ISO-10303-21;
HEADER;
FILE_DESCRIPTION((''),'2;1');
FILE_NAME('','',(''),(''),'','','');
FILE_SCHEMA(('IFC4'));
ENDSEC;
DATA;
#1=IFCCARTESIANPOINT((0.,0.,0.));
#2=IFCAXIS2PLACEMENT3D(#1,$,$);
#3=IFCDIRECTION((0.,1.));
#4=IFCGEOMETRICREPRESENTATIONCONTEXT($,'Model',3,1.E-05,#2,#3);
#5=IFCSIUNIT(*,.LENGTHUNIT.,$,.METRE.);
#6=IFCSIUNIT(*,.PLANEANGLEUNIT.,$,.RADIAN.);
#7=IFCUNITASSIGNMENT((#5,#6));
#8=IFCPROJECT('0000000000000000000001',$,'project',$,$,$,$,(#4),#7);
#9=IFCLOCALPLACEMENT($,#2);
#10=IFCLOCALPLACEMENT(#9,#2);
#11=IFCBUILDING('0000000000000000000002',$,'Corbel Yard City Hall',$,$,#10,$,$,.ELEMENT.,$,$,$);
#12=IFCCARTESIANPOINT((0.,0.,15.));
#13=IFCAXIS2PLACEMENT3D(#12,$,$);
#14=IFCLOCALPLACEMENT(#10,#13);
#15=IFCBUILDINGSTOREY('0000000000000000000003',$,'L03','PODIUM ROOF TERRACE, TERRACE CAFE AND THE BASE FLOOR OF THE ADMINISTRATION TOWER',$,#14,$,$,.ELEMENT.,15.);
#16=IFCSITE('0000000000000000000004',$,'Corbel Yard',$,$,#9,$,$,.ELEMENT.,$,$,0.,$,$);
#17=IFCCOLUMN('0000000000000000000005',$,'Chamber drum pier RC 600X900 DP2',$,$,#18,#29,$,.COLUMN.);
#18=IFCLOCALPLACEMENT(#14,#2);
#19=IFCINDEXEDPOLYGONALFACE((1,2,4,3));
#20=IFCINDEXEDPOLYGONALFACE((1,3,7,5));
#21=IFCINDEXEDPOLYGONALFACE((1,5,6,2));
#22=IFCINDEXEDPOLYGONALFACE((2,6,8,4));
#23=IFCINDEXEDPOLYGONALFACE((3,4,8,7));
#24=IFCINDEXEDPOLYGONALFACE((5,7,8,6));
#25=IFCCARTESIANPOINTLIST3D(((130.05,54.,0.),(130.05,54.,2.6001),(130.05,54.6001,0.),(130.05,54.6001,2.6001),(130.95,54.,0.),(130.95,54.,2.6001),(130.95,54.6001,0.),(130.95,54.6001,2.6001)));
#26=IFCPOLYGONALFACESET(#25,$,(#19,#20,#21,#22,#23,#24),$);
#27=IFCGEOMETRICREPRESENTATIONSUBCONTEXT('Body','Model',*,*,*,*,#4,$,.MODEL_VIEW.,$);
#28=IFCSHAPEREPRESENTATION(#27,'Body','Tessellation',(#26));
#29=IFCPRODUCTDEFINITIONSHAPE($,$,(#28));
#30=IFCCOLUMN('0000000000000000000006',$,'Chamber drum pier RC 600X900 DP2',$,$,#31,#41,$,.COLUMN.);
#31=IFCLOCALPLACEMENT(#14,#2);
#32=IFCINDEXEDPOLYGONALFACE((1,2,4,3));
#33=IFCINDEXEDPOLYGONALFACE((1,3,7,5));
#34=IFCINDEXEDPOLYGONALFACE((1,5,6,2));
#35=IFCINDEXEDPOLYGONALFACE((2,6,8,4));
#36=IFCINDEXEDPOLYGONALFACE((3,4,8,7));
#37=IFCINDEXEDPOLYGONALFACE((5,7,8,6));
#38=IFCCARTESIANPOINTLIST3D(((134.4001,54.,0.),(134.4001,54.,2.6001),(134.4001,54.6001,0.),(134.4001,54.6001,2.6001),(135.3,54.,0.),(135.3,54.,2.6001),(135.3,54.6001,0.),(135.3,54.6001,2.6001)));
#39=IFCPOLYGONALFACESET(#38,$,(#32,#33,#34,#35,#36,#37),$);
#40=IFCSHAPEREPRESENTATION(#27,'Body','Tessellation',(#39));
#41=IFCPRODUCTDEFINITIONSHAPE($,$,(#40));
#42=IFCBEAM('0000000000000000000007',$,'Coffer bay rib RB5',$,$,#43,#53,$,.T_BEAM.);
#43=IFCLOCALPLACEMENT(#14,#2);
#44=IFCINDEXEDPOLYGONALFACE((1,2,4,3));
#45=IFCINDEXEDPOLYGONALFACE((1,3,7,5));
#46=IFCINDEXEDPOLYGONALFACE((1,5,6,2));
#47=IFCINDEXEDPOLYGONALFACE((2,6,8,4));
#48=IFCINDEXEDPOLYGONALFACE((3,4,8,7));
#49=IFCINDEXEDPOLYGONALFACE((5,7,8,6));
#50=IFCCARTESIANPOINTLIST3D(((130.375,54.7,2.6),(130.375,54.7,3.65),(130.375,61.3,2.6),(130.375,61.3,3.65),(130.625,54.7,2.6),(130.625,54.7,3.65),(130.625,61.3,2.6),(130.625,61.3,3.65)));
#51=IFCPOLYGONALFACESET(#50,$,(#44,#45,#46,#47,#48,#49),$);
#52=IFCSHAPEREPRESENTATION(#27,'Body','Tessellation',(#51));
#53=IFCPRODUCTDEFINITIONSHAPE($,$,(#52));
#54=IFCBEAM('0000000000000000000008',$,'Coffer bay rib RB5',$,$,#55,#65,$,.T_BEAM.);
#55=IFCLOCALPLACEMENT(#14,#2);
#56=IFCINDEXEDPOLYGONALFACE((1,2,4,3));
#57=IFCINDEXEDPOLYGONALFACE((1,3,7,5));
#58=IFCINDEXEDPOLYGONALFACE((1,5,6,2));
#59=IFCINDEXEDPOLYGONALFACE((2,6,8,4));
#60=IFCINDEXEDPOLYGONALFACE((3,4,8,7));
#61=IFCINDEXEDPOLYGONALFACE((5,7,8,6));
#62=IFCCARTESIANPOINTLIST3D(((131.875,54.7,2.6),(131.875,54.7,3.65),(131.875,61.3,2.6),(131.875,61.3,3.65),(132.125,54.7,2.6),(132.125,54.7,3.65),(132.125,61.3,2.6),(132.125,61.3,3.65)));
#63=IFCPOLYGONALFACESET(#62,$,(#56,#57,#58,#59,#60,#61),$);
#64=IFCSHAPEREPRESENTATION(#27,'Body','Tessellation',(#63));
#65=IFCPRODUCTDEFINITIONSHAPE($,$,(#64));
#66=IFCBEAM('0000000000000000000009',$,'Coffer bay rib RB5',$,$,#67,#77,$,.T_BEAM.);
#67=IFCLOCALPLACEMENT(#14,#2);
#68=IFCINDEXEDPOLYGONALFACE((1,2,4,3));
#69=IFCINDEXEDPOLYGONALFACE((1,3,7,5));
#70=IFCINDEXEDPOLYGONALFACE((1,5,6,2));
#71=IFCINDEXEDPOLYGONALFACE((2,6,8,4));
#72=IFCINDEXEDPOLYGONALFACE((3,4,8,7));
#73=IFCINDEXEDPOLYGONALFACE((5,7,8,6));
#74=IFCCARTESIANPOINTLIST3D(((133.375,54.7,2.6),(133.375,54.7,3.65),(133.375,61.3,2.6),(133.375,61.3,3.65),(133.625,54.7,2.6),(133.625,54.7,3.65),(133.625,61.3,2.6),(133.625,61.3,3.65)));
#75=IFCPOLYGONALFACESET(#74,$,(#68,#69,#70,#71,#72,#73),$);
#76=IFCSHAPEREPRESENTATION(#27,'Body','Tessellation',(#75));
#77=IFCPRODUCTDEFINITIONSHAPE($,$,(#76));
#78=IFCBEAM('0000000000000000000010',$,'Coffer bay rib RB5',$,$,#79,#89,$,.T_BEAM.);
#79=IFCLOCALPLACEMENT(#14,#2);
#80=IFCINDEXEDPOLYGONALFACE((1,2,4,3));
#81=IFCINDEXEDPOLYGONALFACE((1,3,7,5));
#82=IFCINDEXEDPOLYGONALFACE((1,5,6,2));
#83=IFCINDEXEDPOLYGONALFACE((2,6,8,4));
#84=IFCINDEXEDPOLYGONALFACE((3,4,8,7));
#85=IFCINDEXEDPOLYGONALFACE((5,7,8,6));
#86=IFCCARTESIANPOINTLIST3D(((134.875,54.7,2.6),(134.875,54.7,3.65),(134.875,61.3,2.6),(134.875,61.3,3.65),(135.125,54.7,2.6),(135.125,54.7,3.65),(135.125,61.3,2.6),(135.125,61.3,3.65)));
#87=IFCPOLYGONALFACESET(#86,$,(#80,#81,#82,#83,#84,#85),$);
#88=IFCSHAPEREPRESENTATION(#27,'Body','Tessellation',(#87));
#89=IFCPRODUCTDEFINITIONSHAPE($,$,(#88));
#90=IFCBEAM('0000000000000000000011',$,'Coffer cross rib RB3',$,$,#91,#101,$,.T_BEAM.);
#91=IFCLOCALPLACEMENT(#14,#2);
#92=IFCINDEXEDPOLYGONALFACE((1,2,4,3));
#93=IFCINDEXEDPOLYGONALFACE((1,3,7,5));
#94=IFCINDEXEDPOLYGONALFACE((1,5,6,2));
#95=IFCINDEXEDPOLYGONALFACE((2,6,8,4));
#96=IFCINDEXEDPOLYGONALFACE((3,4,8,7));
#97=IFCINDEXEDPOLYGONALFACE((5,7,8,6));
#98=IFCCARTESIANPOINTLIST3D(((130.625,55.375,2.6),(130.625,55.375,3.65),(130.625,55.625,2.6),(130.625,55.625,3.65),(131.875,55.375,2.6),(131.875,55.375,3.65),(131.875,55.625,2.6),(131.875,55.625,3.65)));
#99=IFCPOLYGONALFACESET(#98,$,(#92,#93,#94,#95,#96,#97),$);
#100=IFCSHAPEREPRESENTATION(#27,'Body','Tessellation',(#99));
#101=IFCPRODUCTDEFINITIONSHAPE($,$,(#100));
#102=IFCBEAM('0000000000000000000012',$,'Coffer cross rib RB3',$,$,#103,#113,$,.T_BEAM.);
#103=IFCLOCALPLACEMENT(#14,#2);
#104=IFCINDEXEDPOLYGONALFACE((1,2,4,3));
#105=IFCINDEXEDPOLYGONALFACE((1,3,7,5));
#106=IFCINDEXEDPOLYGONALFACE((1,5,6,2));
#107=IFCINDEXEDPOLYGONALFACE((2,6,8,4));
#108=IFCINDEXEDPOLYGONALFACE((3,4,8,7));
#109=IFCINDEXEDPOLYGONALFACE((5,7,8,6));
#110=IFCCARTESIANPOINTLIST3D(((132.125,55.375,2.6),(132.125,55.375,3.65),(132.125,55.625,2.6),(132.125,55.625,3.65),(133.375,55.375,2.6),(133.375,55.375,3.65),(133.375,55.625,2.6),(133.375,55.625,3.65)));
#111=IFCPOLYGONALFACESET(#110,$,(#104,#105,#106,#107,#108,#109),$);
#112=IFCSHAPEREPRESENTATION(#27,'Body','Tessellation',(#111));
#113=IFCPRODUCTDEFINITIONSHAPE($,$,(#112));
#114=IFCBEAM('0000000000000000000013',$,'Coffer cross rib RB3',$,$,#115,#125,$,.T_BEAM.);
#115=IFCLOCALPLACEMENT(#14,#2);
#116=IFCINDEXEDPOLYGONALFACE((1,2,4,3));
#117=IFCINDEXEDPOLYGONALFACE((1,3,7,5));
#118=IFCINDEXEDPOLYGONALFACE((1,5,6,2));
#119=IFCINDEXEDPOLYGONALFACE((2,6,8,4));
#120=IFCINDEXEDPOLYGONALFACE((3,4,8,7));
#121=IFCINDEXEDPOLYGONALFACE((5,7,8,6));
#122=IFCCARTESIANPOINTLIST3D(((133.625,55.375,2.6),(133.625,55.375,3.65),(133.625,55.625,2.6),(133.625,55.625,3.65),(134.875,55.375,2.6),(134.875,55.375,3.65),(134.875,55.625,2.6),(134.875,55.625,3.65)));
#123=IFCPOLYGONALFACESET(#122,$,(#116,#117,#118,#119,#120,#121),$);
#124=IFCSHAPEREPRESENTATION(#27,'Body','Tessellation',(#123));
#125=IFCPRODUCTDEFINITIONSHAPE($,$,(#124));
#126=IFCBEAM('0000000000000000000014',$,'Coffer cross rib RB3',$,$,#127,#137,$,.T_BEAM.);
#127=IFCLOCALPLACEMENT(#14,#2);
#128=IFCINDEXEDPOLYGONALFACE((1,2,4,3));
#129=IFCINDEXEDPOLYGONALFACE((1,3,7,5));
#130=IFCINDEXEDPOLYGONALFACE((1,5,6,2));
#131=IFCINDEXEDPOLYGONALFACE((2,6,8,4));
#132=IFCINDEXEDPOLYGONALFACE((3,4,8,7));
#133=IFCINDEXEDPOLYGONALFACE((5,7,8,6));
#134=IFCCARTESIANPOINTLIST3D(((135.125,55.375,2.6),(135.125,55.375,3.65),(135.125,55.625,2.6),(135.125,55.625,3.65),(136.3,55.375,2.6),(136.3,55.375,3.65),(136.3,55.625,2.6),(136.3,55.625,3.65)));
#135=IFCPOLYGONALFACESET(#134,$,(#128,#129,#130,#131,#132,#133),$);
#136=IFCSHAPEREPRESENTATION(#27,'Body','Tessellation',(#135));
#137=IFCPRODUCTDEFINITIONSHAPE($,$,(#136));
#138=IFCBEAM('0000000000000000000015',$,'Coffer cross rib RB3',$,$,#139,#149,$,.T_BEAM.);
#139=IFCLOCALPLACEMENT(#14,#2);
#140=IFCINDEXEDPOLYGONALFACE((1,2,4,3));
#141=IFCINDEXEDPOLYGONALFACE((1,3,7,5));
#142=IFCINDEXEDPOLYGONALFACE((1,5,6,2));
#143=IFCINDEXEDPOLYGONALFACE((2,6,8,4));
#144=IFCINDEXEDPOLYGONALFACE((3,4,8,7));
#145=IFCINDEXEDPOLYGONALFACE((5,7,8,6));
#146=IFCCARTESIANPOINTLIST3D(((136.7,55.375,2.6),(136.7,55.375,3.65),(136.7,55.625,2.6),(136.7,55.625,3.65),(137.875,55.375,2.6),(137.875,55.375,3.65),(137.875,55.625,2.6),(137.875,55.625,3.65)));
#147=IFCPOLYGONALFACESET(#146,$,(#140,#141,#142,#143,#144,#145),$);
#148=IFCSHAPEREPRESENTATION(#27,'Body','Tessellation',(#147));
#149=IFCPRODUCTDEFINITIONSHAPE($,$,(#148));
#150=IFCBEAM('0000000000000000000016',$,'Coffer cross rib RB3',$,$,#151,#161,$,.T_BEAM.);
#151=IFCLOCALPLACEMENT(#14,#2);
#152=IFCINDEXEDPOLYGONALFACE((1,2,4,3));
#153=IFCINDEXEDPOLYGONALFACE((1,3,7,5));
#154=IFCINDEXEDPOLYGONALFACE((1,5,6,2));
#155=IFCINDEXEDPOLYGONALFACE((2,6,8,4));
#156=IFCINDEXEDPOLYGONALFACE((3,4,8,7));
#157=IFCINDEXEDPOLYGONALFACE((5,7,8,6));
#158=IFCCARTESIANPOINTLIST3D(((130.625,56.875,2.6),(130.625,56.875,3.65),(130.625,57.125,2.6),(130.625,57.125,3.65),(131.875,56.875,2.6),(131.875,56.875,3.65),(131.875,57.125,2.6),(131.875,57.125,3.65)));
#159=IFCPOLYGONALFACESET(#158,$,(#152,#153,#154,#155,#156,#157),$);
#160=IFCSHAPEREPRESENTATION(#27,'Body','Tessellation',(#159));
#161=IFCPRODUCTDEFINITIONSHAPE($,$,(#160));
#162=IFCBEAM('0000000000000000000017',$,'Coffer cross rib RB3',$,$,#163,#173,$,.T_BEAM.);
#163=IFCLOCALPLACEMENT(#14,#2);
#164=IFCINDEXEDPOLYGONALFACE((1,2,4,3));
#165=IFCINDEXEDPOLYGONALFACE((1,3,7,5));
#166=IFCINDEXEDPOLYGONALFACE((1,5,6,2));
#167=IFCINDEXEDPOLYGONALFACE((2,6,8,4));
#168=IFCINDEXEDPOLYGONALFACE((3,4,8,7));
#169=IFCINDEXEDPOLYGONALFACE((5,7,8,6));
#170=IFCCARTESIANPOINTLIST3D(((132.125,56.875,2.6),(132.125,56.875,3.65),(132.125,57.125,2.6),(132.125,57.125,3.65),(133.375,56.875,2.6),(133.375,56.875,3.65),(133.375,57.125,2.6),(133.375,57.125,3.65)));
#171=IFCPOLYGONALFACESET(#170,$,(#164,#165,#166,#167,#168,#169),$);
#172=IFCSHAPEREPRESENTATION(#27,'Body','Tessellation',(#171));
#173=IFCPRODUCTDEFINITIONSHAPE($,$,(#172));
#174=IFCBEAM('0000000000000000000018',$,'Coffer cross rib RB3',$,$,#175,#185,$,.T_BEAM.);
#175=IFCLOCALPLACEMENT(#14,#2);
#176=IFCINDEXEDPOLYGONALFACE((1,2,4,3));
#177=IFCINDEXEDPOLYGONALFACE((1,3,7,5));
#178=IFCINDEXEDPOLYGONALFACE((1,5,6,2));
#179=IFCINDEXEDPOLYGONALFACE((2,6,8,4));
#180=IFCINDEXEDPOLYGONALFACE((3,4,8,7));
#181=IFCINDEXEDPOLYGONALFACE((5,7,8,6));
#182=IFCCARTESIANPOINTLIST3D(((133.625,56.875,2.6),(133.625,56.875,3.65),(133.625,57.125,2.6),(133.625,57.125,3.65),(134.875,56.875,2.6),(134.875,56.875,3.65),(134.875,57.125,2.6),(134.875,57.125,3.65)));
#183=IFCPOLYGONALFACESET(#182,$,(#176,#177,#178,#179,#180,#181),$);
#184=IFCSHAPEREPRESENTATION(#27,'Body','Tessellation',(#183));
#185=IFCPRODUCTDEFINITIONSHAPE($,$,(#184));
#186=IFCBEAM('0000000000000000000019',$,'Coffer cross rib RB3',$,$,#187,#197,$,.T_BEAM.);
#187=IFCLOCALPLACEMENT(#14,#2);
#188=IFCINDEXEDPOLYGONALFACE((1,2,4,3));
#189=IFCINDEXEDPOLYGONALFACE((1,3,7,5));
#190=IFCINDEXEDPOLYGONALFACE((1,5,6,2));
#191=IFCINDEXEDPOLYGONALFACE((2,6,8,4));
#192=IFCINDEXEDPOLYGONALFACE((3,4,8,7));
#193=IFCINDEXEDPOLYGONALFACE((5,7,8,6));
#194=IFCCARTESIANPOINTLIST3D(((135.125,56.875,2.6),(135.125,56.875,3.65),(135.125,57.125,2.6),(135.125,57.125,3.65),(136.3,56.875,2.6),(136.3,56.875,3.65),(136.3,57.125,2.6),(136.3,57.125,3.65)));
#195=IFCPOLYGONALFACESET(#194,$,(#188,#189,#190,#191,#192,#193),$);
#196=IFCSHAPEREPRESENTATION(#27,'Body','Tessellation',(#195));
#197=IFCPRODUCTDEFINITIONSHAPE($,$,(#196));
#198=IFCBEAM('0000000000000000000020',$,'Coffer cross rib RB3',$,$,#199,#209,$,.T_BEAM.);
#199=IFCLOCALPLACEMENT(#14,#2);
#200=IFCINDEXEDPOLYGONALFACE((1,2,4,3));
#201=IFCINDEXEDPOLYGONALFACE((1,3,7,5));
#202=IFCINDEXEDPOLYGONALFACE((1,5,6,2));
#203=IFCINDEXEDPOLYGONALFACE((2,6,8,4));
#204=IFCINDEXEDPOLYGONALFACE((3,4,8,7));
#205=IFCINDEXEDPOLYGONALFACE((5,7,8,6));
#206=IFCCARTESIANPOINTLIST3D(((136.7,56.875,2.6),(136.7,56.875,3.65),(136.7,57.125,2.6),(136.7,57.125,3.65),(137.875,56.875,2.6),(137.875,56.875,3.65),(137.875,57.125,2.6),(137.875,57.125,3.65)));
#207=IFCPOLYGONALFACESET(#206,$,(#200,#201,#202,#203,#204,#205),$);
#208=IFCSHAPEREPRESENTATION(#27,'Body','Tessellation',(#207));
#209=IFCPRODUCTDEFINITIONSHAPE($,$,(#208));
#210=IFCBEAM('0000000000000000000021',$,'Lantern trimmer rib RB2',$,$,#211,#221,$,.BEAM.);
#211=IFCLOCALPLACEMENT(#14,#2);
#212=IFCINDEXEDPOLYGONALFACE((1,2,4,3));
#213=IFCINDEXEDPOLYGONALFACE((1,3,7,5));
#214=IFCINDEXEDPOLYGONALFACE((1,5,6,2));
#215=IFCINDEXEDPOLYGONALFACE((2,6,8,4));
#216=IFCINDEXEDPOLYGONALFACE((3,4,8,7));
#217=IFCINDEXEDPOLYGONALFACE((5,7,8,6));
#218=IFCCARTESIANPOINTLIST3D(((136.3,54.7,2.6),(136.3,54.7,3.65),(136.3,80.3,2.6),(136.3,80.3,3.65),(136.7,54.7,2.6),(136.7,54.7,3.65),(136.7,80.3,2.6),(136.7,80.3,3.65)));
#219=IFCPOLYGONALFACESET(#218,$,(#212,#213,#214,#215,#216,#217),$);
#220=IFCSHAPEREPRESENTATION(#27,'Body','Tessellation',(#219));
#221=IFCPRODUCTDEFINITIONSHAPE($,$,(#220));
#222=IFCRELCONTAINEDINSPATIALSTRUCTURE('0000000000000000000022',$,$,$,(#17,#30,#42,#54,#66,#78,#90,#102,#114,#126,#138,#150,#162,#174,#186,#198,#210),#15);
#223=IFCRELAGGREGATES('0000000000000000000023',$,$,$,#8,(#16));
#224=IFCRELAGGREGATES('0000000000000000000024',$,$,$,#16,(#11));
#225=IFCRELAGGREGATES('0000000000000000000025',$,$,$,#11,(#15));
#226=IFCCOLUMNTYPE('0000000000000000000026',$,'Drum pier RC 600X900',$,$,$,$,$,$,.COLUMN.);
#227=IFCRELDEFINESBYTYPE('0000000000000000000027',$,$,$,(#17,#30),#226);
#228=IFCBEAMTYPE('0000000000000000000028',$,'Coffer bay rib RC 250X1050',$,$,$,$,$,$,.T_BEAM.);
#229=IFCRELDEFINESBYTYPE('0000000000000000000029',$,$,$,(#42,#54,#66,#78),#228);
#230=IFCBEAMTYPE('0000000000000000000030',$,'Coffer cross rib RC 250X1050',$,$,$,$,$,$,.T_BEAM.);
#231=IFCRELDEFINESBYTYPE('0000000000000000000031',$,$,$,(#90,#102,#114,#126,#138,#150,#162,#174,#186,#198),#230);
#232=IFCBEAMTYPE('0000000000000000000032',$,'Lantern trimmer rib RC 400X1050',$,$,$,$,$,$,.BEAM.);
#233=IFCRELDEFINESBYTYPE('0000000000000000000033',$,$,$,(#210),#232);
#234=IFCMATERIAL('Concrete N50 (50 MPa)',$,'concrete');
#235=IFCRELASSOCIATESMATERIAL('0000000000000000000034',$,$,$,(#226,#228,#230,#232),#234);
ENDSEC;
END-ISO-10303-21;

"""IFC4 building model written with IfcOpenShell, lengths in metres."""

from ifc_helpers import new_model, si_unit, direction, frame, origin, origin_2d, place, context, subcontext, project, spatial, rectangle, extrude, material, material_profile, profile_set, type_object, element, save


model = new_model("IFC4")

# Units and contexts
model_context = context("Model", 3, precision=1e-05, world=origin(), true_north=direction((0.0, 1.0)))
body_context = subcontext(model_context, "Body", "Model", "MODEL_VIEW")
ifc_project = project(units=[si_unit("LENGTHUNIT", "METRE"), si_unit("PLANEANGLEUNIT", "RADIAN")], contexts=[model_context])

# Site, building, storey
site_placement = place(None, origin())
site = spatial("IfcSite", under=ifc_project, at=site_placement, Name="Corbel Yard", CompositionType="ELEMENT", RefElevation=0.0)
building_placement = place(site_placement, origin())
building = spatial("IfcBuilding", under=site, at=building_placement, Name="Corbel Yard City Hall", CompositionType="ELEMENT")
storey_placement = place(building_placement, frame((0.0, 0.0, 15.0)))
storey = spatial("IfcBuildingStorey", under=building, at=storey_placement, Name="L03", Description="PODIUM ROOF TERRACE, TERRACE CAFE AND THE BASE FLOOR OF THE ADMINISTRATION TOWER", CompositionType="ELEMENT", Elevation=15.0)

# Columns
ifc_material_1 = material(Name="Concrete N50 (50 MPa)", Category="concrete")
ifc_material_profile_1 = material_profile(ifc_material_1, rectangle(XDim=0.6001, YDim=0.8999, at=origin_2d()), Name="600x900")
ifc_profile_set_1 = profile_set([ifc_material_profile_1], Name="Concrete N50 (50 MPa)")
column_type = type_object("IfcColumnType", Name="Drum pier RC 600X900", PredefinedType="COLUMN", material=ifc_profile_set_1)
for number, where, z_axis, x_axis, name in (
    (1, (130.5, 54.3, 0.0), (0.0, 0.0, 1.0), (0.0, 1.0, 0.0), "Chamber drum pier RC 600X900 DP2"),
    (2, (134.8501, 54.3, 0.0), (0.0, 0.0, 1.0), (0.0, 1.0, 0.0), "Chamber drum pier RC 600X900 DP2"),
):
    element("IfcColumn", number, at=place(storey_placement, frame(where, z_axis=z_axis, x_axis=x_axis)), inside=storey, type_object=column_type, Name=name, PredefinedType="COLUMN", context=body_context, shape_type="SweptSolid", body=[
        extrude(rectangle(XDim=0.6001, YDim=0.8999, at=origin_2d()), origin(), (0.0, 0.0, 1.0), 2.6001),
    ])

# Beams
ifc_material_profile_2 = material_profile(ifc_material_1, rectangle(XDim=0.25, YDim=1.05, at=origin_2d()), Name="250x1050")
ifc_profile_set_2 = profile_set([ifc_material_profile_2], Name="Concrete N50 (50 MPa)")
beam_type_1 = type_object("IfcBeamType", Name="Coffer bay rib RC 250X1050", PredefinedType="T_BEAM", material=ifc_profile_set_2)
for number, where, z_axis, x_axis, name in (
    (3, (130.5, 54.7, 3.125), (0.0, 1.0, 0.0), (-1.0, 0.0, 0.0), "Coffer bay rib RB5"),
    (4, (132.0, 54.7, 3.125), (0.0, 1.0, 0.0), (-1.0, 0.0, 0.0), "Coffer bay rib RB5"),
    (5, (133.5, 54.7, 3.125), (0.0, 1.0, 0.0), (-1.0, 0.0, 0.0), "Coffer bay rib RB5"),
    (6, (135.0, 54.7, 3.125), (0.0, 1.0, 0.0), (-1.0, 0.0, 0.0), "Coffer bay rib RB5"),
):
    element("IfcBeam", number, at=place(storey_placement, frame(where, z_axis=z_axis, x_axis=x_axis)), inside=storey, type_object=beam_type_1, Name=name, PredefinedType="T_BEAM", context=body_context, shape_type="SweptSolid", body=[
        extrude(rectangle(XDim=0.25, YDim=1.05, at=origin_2d()), origin(), (0.0, 0.0, 1.0), 6.6001),
    ])
ifc_material_profile_3 = material_profile(ifc_material_1, rectangle(XDim=0.25, YDim=1.05, at=origin_2d()), Name="250x1050")
ifc_profile_set_3 = profile_set([ifc_material_profile_3], Name="Concrete N50 (50 MPa)")
beam_type_2 = type_object("IfcBeamType", Name="Coffer cross rib RC 250X1050", PredefinedType="T_BEAM", material=ifc_profile_set_3)
for number, where, z_axis, x_axis, name in (
    (7, (130.625, 55.5, 3.125), (1.0, 0.0, 0.0), (0.0, 1.0, 0.0), "Coffer cross rib RB3"),
    (8, (132.125, 55.5, 3.125), (1.0, 0.0, 0.0), (0.0, 1.0, 0.0), "Coffer cross rib RB3"),
    (9, (133.625, 55.5, 3.125), (1.0, 0.0, 0.0), (0.0, 1.0, 0.0), "Coffer cross rib RB3"),
):
    element("IfcBeam", number, at=place(storey_placement, frame(where, z_axis=z_axis, x_axis=x_axis)), inside=storey, type_object=beam_type_2, Name=name, PredefinedType="T_BEAM", context=body_context, shape_type="SweptSolid", body=[
        extrude(rectangle(XDim=0.25, YDim=1.05, at=origin_2d()), origin(), (0.0, 0.0, 1.0), 1.25),
    ])
for number, where, z_axis, x_axis, name in (
    (10, (135.125, 55.5, 3.125), (1.0, 0.0, 0.0), (0.0, 1.0, 0.0), "Coffer cross rib RB3"),
    (11, (136.7, 55.5, 3.125), (1.0, 0.0, 0.0), (0.0, 1.0, 0.0), "Coffer cross rib RB3"),
):
    element("IfcBeam", number, at=place(storey_placement, frame(where, z_axis=z_axis, x_axis=x_axis)), inside=storey, type_object=beam_type_2, Name=name, PredefinedType="T_BEAM", context=body_context, shape_type="SweptSolid", body=[
        extrude(rectangle(XDim=0.25, YDim=1.05, at=origin_2d()), origin(), (0.0, 0.0, 1.0), 1.175),
    ])
for number, where, z_axis, x_axis, name in (
    (12, (130.625, 57.0, 3.125), (1.0, 0.0, 0.0), (0.0, 1.0, 0.0), "Coffer cross rib RB3"),
    (13, (132.125, 57.0, 3.125), (1.0, 0.0, 0.0), (0.0, 1.0, 0.0), "Coffer cross rib RB3"),
    (14, (133.625, 57.0, 3.125), (1.0, 0.0, 0.0), (0.0, 1.0, 0.0), "Coffer cross rib RB3"),
):
    element("IfcBeam", number, at=place(storey_placement, frame(where, z_axis=z_axis, x_axis=x_axis)), inside=storey, type_object=beam_type_2, Name=name, PredefinedType="T_BEAM", context=body_context, shape_type="SweptSolid", body=[
        extrude(rectangle(XDim=0.25, YDim=1.05, at=origin_2d()), origin(), (0.0, 0.0, 1.0), 1.25),
    ])
for number, where, z_axis, x_axis, name in (
    (15, (135.125, 57.0, 3.125), (1.0, 0.0, 0.0), (0.0, 1.0, 0.0), "Coffer cross rib RB3"),
    (16, (136.7, 57.0, 3.125), (1.0, 0.0, 0.0), (0.0, 1.0, 0.0), "Coffer cross rib RB3"),
):
    element("IfcBeam", number, at=place(storey_placement, frame(where, z_axis=z_axis, x_axis=x_axis)), inside=storey, type_object=beam_type_2, Name=name, PredefinedType="T_BEAM", context=body_context, shape_type="SweptSolid", body=[
        extrude(rectangle(XDim=0.25, YDim=1.05, at=origin_2d()), origin(), (0.0, 0.0, 1.0), 1.175),
    ])
ifc_material_profile_4 = material_profile(ifc_material_1, rectangle(XDim=0.3999, YDim=1.05, at=origin_2d()), Name="400x1050")
ifc_profile_set_4 = profile_set([ifc_material_profile_4], Name="Concrete N50 (50 MPa)")
beam_type_3 = type_object("IfcBeamType", Name="Lantern trimmer rib RC 400X1050", PredefinedType="BEAM", material=ifc_profile_set_4)
beam_placement = place(storey_placement, frame((136.5, 54.7, 3.125), z_axis=(0.0, 1.0, 0.0), x_axis=(-1.0, 0.0, 0.0)))
element("IfcBeam", 17, at=beam_placement, inside=storey, type_object=beam_type_3, Name="Lantern trimmer rib RB2", PredefinedType="BEAM", context=body_context, shape_type="SweptSolid", body=[
    extrude(rectangle(XDim=0.3999, YDim=1.05, at=origin_2d()), origin(), (0.0, 0.0, 1.0), 25.6001),
])

save(model, "model.ifc")
